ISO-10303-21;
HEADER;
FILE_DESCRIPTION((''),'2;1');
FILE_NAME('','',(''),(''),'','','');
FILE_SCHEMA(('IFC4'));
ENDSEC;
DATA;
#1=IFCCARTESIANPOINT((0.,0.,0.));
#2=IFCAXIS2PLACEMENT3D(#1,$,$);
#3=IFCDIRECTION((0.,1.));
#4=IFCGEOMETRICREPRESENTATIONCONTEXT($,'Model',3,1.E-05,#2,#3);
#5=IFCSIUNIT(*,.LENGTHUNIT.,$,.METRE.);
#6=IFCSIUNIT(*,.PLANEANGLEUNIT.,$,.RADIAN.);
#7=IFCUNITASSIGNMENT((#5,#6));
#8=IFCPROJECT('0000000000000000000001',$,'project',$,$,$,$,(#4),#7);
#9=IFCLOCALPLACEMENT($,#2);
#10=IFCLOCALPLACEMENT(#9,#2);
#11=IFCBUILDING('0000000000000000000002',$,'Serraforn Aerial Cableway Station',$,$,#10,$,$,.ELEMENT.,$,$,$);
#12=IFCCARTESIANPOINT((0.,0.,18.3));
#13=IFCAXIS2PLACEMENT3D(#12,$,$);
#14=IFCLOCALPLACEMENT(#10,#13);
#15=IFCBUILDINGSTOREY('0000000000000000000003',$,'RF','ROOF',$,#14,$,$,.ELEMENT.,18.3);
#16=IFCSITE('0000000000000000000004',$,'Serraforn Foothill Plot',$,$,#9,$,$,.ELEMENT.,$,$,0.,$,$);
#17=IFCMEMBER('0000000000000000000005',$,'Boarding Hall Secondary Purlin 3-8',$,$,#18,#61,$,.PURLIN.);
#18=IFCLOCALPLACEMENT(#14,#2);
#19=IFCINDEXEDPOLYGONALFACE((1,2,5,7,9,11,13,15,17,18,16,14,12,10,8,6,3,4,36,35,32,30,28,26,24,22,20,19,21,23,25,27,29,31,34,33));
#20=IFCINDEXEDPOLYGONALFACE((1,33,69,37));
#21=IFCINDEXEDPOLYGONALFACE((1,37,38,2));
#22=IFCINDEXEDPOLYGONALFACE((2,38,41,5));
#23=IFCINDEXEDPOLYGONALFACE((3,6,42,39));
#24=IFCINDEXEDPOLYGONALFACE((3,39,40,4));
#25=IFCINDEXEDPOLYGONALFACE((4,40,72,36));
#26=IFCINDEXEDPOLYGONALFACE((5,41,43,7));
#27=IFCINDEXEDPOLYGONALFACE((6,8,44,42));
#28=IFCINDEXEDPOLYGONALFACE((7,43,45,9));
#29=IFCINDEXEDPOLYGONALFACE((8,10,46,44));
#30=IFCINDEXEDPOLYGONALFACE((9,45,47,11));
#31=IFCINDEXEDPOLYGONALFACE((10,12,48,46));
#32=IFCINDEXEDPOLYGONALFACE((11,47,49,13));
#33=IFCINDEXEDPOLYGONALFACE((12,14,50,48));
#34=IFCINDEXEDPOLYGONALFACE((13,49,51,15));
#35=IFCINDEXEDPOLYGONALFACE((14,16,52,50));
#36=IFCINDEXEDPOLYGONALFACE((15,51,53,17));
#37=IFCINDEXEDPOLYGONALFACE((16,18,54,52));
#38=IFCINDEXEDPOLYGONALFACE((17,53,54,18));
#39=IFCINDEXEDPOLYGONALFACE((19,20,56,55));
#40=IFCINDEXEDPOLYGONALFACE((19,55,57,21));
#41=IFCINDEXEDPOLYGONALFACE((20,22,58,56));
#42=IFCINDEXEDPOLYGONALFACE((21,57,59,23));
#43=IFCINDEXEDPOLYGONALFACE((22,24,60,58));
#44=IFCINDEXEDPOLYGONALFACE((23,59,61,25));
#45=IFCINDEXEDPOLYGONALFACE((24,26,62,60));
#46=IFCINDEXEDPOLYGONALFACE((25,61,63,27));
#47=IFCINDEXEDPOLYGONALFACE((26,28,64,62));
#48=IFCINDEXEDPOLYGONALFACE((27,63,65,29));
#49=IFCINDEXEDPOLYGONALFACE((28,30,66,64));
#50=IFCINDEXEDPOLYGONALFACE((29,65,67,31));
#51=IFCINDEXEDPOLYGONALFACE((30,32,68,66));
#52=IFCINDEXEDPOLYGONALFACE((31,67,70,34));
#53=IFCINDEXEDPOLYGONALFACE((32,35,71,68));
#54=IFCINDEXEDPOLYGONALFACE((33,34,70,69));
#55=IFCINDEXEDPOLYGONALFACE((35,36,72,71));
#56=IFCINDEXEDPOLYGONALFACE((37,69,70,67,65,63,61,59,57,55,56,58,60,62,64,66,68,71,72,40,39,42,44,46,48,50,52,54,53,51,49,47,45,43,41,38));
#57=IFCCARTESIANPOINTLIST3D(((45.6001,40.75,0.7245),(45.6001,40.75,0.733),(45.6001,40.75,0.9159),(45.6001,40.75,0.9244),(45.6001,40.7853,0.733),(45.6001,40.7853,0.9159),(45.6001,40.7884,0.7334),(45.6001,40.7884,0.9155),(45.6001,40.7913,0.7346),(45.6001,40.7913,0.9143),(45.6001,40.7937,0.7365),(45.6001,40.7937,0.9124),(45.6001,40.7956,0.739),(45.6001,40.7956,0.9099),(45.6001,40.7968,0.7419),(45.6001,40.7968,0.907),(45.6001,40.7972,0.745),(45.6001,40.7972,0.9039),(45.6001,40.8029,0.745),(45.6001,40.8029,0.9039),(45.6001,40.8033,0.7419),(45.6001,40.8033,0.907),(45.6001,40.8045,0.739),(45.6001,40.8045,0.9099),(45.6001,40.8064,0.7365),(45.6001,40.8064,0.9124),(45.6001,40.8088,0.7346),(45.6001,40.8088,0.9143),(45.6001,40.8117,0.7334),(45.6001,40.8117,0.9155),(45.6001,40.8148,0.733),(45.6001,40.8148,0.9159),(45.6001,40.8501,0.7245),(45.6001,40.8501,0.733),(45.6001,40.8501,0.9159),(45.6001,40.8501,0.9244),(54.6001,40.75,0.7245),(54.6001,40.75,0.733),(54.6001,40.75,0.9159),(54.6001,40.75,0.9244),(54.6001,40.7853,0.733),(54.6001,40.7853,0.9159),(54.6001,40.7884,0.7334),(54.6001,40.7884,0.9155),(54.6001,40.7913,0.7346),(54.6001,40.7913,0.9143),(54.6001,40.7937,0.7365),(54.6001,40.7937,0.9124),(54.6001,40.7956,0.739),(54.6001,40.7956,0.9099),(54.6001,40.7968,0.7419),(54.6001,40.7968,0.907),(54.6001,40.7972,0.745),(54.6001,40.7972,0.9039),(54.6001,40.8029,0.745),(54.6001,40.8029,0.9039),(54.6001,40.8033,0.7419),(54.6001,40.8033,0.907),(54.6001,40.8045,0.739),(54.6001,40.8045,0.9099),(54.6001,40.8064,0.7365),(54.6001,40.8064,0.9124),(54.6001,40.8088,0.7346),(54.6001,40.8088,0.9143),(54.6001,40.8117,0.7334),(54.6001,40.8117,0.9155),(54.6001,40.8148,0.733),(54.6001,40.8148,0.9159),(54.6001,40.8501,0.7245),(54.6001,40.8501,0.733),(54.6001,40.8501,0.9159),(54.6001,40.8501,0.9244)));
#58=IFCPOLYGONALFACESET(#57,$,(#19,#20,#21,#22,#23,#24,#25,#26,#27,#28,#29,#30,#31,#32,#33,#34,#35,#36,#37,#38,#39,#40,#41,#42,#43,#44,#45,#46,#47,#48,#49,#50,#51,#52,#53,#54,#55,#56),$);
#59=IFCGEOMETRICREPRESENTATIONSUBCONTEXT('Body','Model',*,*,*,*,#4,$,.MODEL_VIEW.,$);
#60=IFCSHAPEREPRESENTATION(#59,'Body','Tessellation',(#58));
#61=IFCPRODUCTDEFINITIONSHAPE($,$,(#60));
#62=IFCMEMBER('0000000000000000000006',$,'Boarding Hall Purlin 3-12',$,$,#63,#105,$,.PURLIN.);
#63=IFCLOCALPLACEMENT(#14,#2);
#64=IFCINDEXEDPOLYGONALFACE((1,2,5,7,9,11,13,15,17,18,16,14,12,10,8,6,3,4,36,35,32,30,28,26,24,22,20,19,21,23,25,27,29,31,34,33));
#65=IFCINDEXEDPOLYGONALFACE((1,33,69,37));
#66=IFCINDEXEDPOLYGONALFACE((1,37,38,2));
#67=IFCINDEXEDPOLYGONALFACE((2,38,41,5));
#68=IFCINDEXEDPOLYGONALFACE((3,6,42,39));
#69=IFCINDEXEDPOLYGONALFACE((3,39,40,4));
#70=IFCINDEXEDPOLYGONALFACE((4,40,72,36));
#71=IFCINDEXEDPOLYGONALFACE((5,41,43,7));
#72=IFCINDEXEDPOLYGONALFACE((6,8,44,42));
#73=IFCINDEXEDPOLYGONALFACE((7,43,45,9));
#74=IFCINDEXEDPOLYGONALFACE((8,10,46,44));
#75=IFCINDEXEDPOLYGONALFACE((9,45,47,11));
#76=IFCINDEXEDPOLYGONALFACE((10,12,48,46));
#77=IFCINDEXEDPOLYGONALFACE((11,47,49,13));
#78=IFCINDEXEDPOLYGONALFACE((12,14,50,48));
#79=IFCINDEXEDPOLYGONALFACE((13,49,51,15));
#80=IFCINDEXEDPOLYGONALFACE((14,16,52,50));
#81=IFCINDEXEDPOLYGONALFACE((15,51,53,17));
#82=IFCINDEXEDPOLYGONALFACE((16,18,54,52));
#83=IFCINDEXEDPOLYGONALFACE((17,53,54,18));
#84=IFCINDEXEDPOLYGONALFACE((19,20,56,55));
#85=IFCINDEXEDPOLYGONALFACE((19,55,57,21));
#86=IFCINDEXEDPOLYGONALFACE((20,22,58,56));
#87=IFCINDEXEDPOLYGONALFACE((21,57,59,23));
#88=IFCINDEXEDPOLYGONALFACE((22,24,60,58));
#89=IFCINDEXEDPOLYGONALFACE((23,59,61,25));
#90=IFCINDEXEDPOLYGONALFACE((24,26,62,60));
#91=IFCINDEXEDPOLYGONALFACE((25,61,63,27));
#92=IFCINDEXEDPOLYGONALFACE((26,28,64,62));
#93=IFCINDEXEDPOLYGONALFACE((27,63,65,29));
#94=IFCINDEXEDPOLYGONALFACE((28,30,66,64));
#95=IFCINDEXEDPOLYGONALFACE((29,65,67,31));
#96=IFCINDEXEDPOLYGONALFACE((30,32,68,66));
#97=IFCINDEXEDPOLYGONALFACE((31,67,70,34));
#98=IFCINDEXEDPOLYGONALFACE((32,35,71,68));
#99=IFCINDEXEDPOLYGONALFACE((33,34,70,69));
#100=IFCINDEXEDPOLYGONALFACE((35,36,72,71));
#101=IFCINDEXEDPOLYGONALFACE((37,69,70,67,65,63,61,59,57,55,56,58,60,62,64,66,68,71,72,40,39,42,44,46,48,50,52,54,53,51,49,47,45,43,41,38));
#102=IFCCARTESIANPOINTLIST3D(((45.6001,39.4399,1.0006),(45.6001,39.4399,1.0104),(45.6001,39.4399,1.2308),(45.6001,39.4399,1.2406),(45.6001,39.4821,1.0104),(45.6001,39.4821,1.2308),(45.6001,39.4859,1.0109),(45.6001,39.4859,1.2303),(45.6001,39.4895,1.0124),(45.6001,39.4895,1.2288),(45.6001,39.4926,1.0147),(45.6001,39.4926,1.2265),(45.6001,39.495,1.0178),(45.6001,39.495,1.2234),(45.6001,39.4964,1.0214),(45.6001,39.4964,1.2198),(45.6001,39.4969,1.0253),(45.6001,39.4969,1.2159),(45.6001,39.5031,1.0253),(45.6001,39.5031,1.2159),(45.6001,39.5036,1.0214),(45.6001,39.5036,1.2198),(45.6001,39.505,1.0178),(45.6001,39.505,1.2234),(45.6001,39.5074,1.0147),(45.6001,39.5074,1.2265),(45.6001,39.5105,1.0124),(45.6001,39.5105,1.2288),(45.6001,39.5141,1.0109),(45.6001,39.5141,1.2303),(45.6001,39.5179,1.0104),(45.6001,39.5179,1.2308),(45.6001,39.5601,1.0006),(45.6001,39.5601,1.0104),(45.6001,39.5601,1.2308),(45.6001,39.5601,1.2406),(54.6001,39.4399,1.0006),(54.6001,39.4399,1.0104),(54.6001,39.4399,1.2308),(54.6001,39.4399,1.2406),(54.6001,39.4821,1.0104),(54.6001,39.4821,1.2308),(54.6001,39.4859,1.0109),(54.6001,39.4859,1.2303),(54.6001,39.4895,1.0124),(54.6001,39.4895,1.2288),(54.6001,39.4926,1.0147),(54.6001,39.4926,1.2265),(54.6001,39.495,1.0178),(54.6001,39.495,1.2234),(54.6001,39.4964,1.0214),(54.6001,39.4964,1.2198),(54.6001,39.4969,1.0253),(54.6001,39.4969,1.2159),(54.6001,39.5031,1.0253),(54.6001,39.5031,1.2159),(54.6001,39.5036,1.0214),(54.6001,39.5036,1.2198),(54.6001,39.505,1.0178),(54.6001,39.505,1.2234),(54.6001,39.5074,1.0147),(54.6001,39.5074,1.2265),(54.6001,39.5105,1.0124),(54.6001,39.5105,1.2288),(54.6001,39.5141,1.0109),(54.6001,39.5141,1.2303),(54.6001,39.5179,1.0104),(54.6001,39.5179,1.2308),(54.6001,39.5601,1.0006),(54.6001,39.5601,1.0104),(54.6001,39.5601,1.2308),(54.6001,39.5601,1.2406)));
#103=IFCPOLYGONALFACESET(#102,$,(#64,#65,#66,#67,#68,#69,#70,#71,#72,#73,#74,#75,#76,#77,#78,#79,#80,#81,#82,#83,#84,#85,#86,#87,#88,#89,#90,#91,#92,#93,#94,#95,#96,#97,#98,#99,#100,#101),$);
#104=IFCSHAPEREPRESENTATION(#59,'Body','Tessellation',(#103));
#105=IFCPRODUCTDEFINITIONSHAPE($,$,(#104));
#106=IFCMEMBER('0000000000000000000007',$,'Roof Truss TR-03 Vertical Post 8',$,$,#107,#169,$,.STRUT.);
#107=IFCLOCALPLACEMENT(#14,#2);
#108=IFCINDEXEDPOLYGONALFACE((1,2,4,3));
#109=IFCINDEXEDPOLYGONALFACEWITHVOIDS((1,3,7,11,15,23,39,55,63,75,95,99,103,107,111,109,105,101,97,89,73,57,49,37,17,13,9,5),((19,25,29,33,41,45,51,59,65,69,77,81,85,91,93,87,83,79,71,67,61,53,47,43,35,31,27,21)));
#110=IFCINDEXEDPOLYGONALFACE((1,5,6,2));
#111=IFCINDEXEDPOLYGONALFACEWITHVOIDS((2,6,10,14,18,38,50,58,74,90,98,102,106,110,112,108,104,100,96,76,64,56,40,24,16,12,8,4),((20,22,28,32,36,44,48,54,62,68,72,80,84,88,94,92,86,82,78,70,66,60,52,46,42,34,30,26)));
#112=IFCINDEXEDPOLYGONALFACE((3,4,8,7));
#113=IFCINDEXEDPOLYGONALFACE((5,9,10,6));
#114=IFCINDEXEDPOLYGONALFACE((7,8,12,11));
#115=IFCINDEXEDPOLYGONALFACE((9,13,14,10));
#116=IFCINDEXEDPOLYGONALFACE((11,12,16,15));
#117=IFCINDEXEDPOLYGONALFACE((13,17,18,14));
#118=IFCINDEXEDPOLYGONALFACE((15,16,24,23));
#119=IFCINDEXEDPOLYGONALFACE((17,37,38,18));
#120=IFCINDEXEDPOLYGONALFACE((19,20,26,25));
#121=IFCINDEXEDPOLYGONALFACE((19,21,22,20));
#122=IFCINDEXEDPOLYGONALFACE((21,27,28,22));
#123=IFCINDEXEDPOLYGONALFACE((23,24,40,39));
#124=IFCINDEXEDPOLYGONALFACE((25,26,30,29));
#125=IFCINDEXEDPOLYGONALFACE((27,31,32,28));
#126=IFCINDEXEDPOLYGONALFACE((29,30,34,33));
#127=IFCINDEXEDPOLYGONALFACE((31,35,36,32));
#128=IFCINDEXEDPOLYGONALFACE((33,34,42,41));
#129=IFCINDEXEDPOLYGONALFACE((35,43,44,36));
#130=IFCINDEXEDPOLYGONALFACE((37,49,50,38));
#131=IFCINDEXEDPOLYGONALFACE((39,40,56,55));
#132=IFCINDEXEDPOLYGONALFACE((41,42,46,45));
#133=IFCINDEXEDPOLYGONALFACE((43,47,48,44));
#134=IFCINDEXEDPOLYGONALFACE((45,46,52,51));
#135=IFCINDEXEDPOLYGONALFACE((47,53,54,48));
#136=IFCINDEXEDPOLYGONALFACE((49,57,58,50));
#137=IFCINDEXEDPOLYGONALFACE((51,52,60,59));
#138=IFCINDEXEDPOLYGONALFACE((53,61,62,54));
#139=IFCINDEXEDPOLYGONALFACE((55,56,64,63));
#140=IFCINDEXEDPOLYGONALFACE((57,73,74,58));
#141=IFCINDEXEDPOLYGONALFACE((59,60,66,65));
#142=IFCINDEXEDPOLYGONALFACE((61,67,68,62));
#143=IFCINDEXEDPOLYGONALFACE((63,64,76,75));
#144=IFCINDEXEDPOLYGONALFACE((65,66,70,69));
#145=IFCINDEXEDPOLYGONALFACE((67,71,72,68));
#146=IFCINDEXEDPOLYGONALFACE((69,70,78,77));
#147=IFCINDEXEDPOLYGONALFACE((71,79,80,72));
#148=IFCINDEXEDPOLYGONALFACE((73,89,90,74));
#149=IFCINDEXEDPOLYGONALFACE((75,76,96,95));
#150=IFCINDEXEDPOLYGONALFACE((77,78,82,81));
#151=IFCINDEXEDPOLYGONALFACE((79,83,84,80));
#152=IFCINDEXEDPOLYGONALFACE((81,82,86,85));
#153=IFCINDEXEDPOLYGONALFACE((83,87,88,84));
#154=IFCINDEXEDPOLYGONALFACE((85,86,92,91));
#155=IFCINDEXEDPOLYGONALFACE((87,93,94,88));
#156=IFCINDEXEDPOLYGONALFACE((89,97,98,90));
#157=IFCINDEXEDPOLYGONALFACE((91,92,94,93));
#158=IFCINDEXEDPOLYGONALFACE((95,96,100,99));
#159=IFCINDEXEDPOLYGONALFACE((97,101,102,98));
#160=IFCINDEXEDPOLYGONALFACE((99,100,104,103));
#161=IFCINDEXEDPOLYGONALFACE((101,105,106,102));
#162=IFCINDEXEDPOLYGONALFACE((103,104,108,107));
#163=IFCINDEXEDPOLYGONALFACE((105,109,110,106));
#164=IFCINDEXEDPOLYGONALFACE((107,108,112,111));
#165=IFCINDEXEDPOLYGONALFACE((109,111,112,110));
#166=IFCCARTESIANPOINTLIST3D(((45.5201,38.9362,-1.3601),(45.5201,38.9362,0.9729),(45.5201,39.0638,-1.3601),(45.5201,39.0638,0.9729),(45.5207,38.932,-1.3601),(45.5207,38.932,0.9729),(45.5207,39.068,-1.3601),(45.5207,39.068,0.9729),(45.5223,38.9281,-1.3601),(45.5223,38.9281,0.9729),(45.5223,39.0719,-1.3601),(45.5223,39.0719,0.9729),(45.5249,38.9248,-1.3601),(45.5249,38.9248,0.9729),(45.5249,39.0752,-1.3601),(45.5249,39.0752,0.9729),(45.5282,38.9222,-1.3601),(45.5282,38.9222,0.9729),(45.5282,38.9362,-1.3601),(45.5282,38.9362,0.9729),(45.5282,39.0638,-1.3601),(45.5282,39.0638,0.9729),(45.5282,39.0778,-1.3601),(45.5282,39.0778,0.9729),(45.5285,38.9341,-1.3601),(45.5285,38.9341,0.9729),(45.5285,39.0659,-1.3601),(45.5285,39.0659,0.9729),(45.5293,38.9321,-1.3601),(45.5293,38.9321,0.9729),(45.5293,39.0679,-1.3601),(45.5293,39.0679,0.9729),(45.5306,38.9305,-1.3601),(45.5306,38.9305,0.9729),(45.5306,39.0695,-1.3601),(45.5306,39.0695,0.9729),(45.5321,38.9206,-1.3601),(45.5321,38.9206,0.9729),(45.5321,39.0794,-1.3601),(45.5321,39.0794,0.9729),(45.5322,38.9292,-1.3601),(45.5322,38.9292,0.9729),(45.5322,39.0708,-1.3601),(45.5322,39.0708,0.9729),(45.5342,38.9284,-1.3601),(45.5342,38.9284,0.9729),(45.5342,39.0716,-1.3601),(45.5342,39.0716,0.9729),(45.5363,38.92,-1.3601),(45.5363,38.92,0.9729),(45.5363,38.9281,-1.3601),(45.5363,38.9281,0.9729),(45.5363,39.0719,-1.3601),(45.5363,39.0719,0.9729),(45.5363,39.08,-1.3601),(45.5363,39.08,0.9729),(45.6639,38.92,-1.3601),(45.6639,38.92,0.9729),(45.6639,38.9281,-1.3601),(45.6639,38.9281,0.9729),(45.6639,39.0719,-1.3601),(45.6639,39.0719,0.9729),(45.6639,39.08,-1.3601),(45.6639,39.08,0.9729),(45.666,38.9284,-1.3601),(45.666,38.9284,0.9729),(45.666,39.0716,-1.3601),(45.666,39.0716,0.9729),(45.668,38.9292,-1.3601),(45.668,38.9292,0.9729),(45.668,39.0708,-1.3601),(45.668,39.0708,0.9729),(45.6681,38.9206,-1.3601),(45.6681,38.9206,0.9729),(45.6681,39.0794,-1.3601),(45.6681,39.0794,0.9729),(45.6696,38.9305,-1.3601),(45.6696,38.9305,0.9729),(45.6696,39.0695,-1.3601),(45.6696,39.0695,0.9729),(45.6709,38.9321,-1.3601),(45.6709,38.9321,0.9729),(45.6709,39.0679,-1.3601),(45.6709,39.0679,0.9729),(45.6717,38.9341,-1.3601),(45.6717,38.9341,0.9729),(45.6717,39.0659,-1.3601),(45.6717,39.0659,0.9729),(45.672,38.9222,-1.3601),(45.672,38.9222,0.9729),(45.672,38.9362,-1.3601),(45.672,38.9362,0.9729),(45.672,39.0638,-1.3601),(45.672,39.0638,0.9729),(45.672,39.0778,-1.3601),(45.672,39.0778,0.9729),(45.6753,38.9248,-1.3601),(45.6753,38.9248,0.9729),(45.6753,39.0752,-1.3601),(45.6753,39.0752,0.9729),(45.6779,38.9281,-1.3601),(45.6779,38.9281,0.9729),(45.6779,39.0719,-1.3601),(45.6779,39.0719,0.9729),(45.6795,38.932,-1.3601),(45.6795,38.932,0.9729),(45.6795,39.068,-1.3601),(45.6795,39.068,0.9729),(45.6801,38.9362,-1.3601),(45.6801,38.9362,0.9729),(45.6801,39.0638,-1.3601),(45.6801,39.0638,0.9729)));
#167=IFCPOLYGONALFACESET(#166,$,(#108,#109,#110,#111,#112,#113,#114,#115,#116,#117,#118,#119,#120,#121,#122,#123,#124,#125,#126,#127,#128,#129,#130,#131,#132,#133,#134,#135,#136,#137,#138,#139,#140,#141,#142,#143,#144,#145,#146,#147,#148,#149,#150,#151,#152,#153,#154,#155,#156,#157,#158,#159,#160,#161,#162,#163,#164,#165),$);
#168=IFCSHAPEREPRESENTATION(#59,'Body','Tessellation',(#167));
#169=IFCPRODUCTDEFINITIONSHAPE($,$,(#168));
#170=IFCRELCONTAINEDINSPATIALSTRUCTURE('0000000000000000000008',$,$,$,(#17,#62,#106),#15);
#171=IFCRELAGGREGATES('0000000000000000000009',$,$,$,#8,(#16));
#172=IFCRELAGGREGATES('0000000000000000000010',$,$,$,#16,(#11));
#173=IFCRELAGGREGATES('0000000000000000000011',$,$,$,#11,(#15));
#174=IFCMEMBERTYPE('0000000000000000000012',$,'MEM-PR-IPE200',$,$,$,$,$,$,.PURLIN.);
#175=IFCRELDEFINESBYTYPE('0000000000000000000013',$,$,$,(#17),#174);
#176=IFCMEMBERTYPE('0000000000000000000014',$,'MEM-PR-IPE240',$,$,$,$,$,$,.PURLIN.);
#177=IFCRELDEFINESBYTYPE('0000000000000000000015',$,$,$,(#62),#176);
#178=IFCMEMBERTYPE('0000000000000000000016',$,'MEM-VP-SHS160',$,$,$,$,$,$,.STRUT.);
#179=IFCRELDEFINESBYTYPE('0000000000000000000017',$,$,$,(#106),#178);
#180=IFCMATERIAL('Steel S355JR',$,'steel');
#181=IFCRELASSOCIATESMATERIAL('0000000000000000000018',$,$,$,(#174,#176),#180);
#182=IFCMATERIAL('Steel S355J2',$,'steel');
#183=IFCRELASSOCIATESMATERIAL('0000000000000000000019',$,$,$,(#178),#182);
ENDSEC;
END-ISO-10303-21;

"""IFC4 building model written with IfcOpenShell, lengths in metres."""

from ifc_helpers import new_model, si_unit, direction, frame, origin, origin_2d, place, context, subcontext, project, spatial, hollow_rectangle, i_section, extrude, material, material_profile, profile_set, type_object, element, save


model = new_model("IFC4")

# Units and contexts
model_context = context("Model", 3, precision=1e-05, world=origin(), true_north=direction((0.0, 1.0)))
body_context = subcontext(model_context, "Body", "Model", "MODEL_VIEW")
ifc_project = project(units=[si_unit("LENGTHUNIT", "METRE"), si_unit("PLANEANGLEUNIT", "RADIAN")], contexts=[model_context])

# Site, building, storey
site_placement = place(None, origin())
site = spatial("IfcSite", under=ifc_project, at=site_placement, Name="Serraforn Foothill Plot", CompositionType="ELEMENT", RefElevation=0.0)
building_placement = place(site_placement, origin())
building = spatial("IfcBuilding", under=site, at=building_placement, Name="Serraforn Aerial Cableway Station", CompositionType="ELEMENT")
storey_placement = place(building_placement, frame((0.0, 0.0, 18.3)))
storey = spatial("IfcBuildingStorey", under=building, at=storey_placement, Name="RF", Description="ROOF", CompositionType="ELEMENT", Elevation=18.3)

# Shared definitions
ifc_material_1 = material(Name="Steel S355J2", Category="steel")

# Members
ifc_material_2 = material(Name="Steel S355JR", Category="steel")
ifc_material_profile_1 = material_profile(ifc_material_2, i_section(OverallWidth=0.1001, OverallDepth=0.2, WebThickness=0.0056, FlangeThickness=0.0085, FilletRadius=0.012, at=origin_2d()), Name="IPE 200")
ifc_profile_set_1 = profile_set([ifc_material_profile_1], Name="Steel S355JR")
member_type_1 = type_object("IfcMemberType", Name="MEM-PR-IPE200", PredefinedType="PURLIN", material=ifc_profile_set_1)
for number, where, z_axis, x_axis, name in (
    (1, (45.6001, 40.8, 0.8245), (1.0, 0.0, 0.0), (0.0, 1.0, 0.0), "Boarding Hall Secondary Purlin 3-8"),
):
    element("IfcMember", number, at=place(storey_placement, frame(where, z_axis=z_axis, x_axis=x_axis)), inside=storey, type_object=member_type_1, Name=name, PredefinedType="PURLIN", context=body_context, shape_type="SweptSolid", body=[
        extrude(i_section(OverallWidth=0.1001, OverallDepth=0.2, WebThickness=0.0056, FlangeThickness=0.0085, FilletRadius=0.012, at=origin_2d()), origin(), (0.0, 0.0, 1.0), 9.0),
    ])
ifc_material_profile_2 = material_profile(ifc_material_2, i_section(OverallWidth=0.1201, OverallDepth=0.24, WebThickness=0.0061, FlangeThickness=0.0098, FilletRadius=0.0149, at=origin_2d()), Name="IPE 240")
ifc_profile_set_2 = profile_set([ifc_material_profile_2], Name="Steel S355JR")
member_type_2 = type_object("IfcMemberType", Name="MEM-PR-IPE240", PredefinedType="PURLIN", material=ifc_profile_set_2)
member_1_placement = place(storey_placement, frame((45.6001, 39.5, 1.1206), z_axis=(1.0, 0.0, 0.0), x_axis=(0.0, 1.0, 0.0)))
element("IfcMember", 2, at=member_1_placement, inside=storey, type_object=member_type_2, Name="Boarding Hall Purlin 3-12", PredefinedType="PURLIN", context=body_context, shape_type="SweptSolid", body=[
    extrude(i_section(OverallWidth=0.1201, OverallDepth=0.24, WebThickness=0.0061, FlangeThickness=0.0098, FilletRadius=0.0149, at=origin_2d()), origin(), (0.0, 0.0, 1.0), 9.0),
])
ifc_material_profile_3 = material_profile(ifc_material_1, hollow_rectangle(XDim=0.1599, YDim=0.1599, WallThickness=0.0081, InnerFilletRadius=0.0081, OuterFilletRadius=0.0161, at=origin_2d()), Name="SHS 160x160x8.0")
ifc_profile_set_3 = profile_set([ifc_material_profile_3], Name="Steel S355J2")
member_type_3 = type_object("IfcMemberType", Name="MEM-VP-SHS160", PredefinedType="STRUT", material=ifc_profile_set_3)
member_2_placement = place(storey_placement, frame((45.6001, 39.0, -1.3601), z_axis=(0.0, 0.0, 1.0), x_axis=(1.0, 0.0, 0.0)))
element("IfcMember", 3, at=member_2_placement, inside=storey, type_object=member_type_3, Name="Roof Truss TR-03 Vertical Post 8", PredefinedType="STRUT", context=body_context, shape_type="SweptSolid", body=[
    extrude(hollow_rectangle(XDim=0.1599, YDim=0.1599, WallThickness=0.0081, InnerFilletRadius=0.0081, OuterFilletRadius=0.0161, at=origin_2d()), origin(), (0.0, 0.0, 1.0), 2.333),
])

save(model, "model.ifc")
